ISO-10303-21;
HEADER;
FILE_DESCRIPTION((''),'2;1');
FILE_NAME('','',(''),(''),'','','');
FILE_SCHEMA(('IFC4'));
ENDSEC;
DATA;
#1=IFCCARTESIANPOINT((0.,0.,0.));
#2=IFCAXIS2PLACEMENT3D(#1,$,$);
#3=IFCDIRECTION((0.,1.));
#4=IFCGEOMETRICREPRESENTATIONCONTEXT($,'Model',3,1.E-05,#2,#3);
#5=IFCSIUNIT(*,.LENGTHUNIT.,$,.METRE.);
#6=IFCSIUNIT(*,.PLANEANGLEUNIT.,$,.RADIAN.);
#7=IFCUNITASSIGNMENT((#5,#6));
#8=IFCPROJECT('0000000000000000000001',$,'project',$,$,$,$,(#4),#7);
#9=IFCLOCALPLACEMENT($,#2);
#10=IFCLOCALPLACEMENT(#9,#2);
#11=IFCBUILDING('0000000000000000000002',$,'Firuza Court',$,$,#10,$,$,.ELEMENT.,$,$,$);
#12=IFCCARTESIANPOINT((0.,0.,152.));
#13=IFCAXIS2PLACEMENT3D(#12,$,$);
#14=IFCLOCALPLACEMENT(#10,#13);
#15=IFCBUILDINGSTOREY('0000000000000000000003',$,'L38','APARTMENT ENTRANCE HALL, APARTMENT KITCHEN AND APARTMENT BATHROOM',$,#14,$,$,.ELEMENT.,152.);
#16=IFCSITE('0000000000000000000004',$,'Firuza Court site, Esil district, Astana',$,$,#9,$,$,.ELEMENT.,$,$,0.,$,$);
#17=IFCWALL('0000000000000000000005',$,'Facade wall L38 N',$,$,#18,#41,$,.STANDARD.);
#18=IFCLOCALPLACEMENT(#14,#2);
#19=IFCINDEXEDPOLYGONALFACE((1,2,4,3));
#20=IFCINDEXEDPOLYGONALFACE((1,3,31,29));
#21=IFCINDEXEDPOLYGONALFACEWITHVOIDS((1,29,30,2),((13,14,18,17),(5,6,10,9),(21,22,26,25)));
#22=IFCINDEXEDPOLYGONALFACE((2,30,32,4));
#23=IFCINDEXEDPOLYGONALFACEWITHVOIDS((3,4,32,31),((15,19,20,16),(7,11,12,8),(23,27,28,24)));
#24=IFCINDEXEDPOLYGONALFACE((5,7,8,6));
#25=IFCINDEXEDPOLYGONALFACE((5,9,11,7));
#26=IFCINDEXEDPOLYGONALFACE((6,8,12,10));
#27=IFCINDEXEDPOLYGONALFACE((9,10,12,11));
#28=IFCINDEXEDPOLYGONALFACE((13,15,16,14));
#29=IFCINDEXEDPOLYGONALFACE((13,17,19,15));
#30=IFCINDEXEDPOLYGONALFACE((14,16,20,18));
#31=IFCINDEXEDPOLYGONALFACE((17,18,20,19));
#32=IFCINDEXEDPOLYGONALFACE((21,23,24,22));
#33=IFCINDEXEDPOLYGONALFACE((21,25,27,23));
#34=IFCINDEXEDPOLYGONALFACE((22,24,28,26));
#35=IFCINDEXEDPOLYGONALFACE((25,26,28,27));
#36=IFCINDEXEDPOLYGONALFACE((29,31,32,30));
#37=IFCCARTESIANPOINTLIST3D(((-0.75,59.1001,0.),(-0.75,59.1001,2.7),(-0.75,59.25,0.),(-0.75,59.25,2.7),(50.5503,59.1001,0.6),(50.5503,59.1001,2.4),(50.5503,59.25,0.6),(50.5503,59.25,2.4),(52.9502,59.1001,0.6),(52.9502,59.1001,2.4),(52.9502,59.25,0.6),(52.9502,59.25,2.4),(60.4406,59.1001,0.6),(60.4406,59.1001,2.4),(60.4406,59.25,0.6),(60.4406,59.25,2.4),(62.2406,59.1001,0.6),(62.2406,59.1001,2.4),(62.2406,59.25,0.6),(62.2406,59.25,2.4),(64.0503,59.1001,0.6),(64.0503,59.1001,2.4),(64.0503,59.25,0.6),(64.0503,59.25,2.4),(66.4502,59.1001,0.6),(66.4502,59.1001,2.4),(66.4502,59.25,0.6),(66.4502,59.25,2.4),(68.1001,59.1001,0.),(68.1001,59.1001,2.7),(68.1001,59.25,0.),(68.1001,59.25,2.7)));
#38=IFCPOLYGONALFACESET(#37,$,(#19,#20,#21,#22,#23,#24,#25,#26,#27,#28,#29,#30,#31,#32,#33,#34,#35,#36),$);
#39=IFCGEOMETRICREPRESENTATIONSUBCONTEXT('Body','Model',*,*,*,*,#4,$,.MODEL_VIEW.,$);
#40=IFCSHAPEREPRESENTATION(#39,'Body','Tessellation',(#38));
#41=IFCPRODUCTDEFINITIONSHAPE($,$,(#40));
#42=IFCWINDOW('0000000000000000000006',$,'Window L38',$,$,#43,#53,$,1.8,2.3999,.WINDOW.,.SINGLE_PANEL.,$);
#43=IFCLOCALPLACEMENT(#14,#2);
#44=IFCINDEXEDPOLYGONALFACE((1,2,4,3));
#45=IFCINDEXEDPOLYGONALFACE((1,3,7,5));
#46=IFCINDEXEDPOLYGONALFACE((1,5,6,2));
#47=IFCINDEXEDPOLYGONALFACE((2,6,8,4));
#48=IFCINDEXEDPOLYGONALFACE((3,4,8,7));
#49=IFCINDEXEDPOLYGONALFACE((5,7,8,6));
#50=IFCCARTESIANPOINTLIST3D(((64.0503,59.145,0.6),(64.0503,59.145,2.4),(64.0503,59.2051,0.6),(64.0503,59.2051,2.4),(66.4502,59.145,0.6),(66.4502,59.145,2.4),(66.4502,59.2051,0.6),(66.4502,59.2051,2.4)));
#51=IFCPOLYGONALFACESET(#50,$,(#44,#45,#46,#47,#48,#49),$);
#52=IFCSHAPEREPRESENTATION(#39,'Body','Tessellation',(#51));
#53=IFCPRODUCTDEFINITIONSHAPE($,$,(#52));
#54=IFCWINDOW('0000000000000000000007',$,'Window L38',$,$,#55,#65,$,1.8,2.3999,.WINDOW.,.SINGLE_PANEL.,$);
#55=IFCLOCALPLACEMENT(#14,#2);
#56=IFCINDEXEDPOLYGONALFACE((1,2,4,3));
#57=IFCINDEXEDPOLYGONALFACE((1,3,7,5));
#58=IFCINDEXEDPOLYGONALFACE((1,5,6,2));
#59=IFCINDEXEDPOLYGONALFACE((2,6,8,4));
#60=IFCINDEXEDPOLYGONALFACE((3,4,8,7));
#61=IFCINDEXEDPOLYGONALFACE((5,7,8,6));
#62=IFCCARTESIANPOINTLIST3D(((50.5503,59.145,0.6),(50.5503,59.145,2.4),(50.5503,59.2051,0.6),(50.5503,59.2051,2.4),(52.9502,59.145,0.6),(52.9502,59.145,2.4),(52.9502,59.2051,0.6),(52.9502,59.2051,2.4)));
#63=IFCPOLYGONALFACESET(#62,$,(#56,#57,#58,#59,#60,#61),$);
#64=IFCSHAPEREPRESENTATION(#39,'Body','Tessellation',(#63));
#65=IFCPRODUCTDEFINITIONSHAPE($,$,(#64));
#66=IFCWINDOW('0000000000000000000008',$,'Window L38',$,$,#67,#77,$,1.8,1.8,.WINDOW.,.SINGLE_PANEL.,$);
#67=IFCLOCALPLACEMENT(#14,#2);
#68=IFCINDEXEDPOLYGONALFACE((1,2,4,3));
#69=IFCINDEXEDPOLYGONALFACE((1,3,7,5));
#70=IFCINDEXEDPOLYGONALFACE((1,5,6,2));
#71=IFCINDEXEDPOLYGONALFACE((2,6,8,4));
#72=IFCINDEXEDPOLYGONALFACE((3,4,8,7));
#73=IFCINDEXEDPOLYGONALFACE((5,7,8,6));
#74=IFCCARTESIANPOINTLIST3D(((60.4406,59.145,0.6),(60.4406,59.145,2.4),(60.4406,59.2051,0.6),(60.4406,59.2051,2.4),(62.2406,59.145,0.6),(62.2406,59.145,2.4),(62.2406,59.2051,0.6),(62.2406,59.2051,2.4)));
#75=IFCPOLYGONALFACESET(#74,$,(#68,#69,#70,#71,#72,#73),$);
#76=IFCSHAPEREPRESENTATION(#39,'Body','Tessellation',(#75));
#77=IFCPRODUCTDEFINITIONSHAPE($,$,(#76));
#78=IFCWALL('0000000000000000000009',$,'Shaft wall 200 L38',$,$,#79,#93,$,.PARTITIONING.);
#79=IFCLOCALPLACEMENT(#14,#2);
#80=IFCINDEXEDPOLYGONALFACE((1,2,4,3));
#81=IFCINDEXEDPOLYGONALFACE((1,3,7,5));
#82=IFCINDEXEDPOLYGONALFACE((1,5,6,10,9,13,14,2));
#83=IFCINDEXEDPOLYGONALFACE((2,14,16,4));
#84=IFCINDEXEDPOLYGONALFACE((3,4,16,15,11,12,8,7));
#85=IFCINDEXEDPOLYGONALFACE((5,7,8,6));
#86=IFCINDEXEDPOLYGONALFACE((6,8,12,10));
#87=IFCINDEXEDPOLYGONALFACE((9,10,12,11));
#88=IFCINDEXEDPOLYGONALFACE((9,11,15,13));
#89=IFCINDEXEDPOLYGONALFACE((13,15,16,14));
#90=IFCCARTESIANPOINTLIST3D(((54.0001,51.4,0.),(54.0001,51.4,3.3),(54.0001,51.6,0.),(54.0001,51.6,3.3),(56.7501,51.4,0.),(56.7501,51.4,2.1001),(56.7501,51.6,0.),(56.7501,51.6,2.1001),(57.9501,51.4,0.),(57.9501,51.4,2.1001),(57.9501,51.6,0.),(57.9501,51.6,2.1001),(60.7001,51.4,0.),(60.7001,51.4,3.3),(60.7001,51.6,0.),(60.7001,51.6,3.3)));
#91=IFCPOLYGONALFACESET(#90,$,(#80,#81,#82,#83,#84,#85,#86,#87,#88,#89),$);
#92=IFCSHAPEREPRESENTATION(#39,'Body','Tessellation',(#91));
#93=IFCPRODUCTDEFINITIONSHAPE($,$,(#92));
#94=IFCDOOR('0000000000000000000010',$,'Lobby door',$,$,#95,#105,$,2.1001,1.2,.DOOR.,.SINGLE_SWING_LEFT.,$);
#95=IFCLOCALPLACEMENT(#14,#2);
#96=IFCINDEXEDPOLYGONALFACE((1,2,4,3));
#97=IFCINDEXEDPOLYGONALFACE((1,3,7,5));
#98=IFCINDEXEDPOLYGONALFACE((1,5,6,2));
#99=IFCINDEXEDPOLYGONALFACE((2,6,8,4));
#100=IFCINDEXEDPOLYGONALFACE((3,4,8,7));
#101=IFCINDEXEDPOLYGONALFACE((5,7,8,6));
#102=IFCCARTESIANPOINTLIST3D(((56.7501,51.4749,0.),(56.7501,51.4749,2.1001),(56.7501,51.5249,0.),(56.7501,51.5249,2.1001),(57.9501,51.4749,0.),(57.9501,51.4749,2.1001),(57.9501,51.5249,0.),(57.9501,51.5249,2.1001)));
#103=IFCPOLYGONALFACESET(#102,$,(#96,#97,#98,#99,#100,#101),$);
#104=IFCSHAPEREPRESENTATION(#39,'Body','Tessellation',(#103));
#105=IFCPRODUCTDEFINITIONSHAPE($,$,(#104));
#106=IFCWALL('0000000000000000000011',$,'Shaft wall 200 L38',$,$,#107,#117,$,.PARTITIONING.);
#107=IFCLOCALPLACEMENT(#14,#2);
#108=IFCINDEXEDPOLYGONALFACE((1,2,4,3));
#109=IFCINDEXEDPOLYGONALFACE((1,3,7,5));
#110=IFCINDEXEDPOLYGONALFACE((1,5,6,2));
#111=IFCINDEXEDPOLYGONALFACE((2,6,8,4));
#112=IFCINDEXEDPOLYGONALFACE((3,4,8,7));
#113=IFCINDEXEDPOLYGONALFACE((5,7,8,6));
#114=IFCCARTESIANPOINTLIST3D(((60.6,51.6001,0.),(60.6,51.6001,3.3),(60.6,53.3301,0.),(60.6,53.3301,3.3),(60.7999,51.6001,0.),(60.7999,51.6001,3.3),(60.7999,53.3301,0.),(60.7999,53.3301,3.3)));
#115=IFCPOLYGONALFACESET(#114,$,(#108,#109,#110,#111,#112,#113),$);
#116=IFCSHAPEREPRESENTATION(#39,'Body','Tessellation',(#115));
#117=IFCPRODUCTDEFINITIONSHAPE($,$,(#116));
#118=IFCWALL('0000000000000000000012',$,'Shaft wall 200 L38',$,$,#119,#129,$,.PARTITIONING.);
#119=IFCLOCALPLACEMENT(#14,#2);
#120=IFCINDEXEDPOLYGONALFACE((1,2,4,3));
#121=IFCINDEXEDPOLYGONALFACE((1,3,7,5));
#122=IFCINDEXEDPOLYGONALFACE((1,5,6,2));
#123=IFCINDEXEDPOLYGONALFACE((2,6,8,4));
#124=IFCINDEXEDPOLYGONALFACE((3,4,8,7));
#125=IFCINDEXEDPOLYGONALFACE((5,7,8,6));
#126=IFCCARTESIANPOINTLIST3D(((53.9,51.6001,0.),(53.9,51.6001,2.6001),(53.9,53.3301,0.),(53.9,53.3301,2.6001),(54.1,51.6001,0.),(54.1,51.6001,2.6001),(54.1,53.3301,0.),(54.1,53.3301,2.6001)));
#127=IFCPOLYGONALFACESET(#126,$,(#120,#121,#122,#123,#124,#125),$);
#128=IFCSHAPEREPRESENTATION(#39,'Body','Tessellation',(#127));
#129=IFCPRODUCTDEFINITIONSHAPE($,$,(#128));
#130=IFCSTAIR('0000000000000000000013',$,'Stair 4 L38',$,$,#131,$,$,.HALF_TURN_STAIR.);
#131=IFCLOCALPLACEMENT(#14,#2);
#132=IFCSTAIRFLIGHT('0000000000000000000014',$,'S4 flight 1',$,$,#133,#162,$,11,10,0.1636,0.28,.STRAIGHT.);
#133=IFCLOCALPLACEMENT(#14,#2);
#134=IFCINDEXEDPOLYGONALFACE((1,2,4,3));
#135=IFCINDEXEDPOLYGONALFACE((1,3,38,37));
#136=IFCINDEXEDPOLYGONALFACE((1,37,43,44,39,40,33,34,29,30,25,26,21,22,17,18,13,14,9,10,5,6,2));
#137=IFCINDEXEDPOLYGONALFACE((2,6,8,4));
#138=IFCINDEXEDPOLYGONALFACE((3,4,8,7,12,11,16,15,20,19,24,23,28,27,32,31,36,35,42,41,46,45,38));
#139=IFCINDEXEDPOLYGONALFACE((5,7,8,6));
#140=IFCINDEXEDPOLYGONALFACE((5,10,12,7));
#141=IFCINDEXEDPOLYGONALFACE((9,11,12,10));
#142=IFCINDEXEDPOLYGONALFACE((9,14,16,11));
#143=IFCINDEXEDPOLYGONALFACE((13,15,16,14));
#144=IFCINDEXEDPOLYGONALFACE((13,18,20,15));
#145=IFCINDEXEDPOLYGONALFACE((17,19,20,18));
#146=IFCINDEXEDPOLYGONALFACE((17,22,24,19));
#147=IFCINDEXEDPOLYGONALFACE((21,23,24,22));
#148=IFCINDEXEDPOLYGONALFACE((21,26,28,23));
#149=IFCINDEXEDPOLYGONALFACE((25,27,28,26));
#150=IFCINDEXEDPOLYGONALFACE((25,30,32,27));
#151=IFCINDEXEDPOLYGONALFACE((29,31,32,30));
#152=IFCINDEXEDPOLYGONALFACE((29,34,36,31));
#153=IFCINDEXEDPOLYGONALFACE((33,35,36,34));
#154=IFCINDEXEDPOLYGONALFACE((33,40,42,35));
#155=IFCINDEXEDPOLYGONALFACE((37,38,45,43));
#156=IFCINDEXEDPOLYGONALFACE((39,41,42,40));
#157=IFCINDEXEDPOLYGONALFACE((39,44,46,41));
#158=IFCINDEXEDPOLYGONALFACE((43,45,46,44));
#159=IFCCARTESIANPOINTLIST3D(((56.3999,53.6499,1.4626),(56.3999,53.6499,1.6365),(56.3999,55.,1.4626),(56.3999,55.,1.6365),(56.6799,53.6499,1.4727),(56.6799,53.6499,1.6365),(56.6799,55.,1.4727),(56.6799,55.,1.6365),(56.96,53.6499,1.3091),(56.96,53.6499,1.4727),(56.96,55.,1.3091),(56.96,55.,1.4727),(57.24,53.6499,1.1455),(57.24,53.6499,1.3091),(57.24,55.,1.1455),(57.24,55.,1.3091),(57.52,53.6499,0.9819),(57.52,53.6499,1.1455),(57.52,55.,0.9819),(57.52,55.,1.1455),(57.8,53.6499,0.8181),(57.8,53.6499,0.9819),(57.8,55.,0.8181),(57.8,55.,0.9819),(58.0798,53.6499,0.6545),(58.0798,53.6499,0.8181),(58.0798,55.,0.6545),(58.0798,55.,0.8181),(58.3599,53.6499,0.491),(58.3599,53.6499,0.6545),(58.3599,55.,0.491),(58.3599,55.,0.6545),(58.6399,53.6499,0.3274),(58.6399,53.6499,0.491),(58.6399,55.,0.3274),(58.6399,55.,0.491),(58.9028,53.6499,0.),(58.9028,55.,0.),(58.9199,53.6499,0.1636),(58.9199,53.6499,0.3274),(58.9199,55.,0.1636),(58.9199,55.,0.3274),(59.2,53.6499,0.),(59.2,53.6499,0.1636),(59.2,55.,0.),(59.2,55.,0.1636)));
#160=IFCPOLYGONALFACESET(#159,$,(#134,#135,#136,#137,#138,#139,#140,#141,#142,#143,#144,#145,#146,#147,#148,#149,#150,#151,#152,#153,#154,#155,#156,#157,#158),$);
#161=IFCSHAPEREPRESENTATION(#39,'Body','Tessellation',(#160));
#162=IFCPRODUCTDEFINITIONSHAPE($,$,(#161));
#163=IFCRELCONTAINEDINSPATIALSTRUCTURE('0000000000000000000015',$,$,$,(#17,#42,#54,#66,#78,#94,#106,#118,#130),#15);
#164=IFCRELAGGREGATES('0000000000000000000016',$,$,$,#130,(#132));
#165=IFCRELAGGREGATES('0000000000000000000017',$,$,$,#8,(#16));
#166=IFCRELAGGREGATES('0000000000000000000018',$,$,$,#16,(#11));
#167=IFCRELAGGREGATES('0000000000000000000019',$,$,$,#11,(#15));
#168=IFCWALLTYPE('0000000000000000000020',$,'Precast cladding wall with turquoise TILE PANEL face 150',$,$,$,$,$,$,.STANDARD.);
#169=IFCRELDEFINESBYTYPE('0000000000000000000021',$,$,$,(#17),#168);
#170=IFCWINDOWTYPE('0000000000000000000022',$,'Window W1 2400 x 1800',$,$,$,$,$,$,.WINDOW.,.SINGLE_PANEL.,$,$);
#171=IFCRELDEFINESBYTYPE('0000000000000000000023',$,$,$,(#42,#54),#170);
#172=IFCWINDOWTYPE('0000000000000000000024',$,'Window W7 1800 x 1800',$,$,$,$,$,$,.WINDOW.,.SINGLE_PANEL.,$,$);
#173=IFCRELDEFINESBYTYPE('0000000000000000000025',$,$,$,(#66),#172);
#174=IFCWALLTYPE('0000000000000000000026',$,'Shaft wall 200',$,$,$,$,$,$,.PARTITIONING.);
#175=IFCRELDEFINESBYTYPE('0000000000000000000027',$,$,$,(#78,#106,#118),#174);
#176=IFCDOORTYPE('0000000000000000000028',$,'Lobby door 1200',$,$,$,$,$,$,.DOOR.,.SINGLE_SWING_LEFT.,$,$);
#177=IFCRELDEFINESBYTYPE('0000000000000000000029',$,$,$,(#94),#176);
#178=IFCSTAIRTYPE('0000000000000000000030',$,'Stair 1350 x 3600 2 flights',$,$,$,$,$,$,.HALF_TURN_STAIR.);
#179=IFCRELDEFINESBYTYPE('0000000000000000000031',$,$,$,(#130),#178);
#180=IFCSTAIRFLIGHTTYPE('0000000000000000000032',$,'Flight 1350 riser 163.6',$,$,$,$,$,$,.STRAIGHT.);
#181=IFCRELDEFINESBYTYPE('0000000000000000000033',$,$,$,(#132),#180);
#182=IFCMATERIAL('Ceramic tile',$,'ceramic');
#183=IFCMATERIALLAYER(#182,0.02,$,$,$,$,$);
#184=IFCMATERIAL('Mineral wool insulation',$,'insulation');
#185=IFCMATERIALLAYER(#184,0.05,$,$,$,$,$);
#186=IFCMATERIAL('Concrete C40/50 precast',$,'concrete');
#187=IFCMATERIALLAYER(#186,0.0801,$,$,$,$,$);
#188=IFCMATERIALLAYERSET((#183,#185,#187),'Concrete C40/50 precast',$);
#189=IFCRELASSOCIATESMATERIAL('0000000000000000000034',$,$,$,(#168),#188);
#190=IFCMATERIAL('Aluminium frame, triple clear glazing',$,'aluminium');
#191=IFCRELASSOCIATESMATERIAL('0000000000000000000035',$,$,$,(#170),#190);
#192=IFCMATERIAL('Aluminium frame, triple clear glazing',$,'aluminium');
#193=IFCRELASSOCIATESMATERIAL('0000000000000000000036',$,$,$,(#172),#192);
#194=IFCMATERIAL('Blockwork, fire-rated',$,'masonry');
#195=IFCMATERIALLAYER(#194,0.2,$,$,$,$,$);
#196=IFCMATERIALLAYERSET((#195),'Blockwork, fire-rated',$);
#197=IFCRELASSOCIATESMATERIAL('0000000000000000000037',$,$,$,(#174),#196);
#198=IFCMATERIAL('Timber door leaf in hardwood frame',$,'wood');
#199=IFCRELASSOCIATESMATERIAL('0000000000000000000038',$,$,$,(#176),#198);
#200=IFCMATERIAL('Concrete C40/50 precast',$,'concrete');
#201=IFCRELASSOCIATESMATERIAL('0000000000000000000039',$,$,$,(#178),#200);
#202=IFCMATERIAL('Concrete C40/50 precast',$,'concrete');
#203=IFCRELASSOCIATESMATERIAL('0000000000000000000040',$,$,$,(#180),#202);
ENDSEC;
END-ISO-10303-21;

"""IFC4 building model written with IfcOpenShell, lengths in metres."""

from ifc_helpers import new_model, si_unit, direction, frame, frame_2d, origin, place, context, subcontext, project, spatial, polyline, rectangle, outline, extrude, material, layer, layer_set, type_object, element, fill, aggregate, save


model = new_model("IFC4")

# Units and contexts
model_context = context("Model", 3, precision=1e-05, world=origin(), true_north=direction((0.0, 1.0)))
body_context = subcontext(model_context, "Body", "Model", "MODEL_VIEW")
ifc_project = project(units=[si_unit("LENGTHUNIT", "METRE"), si_unit("PLANEANGLEUNIT", "RADIAN")], contexts=[model_context])

# Site, building, storey
site_placement = place(None, origin())
site = spatial("IfcSite", under=ifc_project, at=site_placement, Name="Firuza Court site, Esil district, Astana", CompositionType="ELEMENT", RefElevation=0.0)
building_placement = place(site_placement, origin())
building = spatial("IfcBuilding", under=site, at=building_placement, Name="Firuza Court", CompositionType="ELEMENT")
storey_placement = place(building_placement, frame((0.0, 0.0, 152.0)))
storey = spatial("IfcBuildingStorey", under=building, at=storey_placement, Name="L38", Description="APARTMENT ENTRANCE HALL, APARTMENT KITCHEN AND APARTMENT BATHROOM", CompositionType="ELEMENT", Elevation=152.0)

# Wall, openings, windows
ifc_material_1 = material(Name="Ceramic tile", Category="ceramic")
ifc_layer_1 = layer(ifc_material_1, 0.02)
ifc_material_2 = material(Name="Mineral wool insulation", Category="insulation")
ifc_layer_2 = layer(ifc_material_2, 0.05)
ifc_material_3 = material(Name="Concrete C40/50 precast", Category="concrete")
ifc_layer_3 = layer(ifc_material_3, 0.0801)
ifc_layer_set_1 = layer_set([ifc_layer_1, ifc_layer_2, ifc_layer_3], Name="Concrete C40/50 precast")
wall_type_1 = type_object("IfcWallType", Name="Precast cladding wall with turquoise TILE PANEL face 150", PredefinedType="STANDARD", material=ifc_layer_set_1)
wall_1_placement = place(storey_placement, frame((68.1001, 59.175, 0.0), z_axis=(0.0, 0.0, 1.0), x_axis=(-1.0, 0.0, 0.0)))
wall_1 = element("IfcWall", 1, at=wall_1_placement, inside=storey, type_object=wall_type_1, Name="Facade wall L38 N", PredefinedType="STANDARD", context=body_context, shape_type="SweptSolid", body=[
    extrude(rectangle(XDim=68.8501, YDim=0.1499, at=frame_2d((34.425, 0.0))), origin(), (0.0, 0.0, 1.0), 2.7),
])
opening_1_placement = place(wall_1_placement, frame((1.6499, 0.0, 0.6001)))
opening_1 = element("IfcOpeningElement", 2, at=opening_1_placement, cuts=wall_1, PredefinedType="OPENING", context=body_context, shape_type="SweptSolid", body=[
    extrude(rectangle(XDim=2.3999, YDim=1.8, at=frame_2d((1.2, 0.8999))), frame((0.0, 0.0869, 0.0), z_axis=(0.0, -1.0, 0.0), x_axis=(1.0, 0.0, 0.0)), (0.0, 0.0, 1.0), 0.1738),
])
opening_2_placement = place(wall_1_placement, frame((5.8596, 0.0, 0.6001)))
opening_2 = element("IfcOpeningElement", 3, at=opening_2_placement, cuts=wall_1, PredefinedType="OPENING", context=body_context, shape_type="SweptSolid", body=[
    extrude(rectangle(XDim=1.8, YDim=1.8, at=frame_2d((0.8999, 0.8999))), frame((0.0, 0.0869, 0.0), z_axis=(0.0, -1.0, 0.0), x_axis=(1.0, 0.0, 0.0)), (0.0, 0.0, 1.0), 0.1738),
])
opening_3_placement = place(wall_1_placement, frame((15.1499, 0.0, 0.6001)))
opening_3 = element("IfcOpeningElement", 4, at=opening_3_placement, cuts=wall_1, PredefinedType="OPENING", context=body_context, shape_type="SweptSolid", body=[
    extrude(rectangle(XDim=2.3999, YDim=1.8, at=frame_2d((1.2, 0.8999))), frame((0.0, 0.0869, 0.0), z_axis=(0.0, -1.0, 0.0), x_axis=(1.0, 0.0, 0.0)), (0.0, 0.0, 1.0), 0.1738),
])
ifc_material_4 = material(Name="Aluminium frame, triple clear glazing", Category="aluminium")
window_type_1 = type_object("IfcWindowType", Name="Window W1 2400 x 1800", PartitioningType="SINGLE_PANEL", PredefinedType="WINDOW", material=ifc_material_4)
window_1_placement = place(opening_1_placement, origin())
window_1 = element("IfcWindow", 5, at=window_1_placement, inside=storey, type_object=window_type_1, Name="Window L38", OverallHeight=1.8, OverallWidth=2.3999, PartitioningType="SINGLE_PANEL", PredefinedType="WINDOW", context=body_context, shape_type="SweptSolid", body=[
    extrude(rectangle(XDim=2.3999, YDim=1.8, at=frame_2d((1.2, 0.8999))), frame((0.0, 0.03, 0.0), z_axis=(0.0, -1.0, 0.0), x_axis=(1.0, 0.0, 0.0)), (0.0, 0.0, 1.0), 0.0601),
])
fill(opening_1, window_1)
window_2_placement = place(opening_3_placement, origin())
window_2 = element("IfcWindow", 6, at=window_2_placement, inside=storey, type_object=window_type_1, Name="Window L38", OverallHeight=1.8, OverallWidth=2.3999, PartitioningType="SINGLE_PANEL", PredefinedType="WINDOW", context=body_context, shape_type="SweptSolid", body=[
    extrude(rectangle(XDim=2.3999, YDim=1.8, at=frame_2d((1.2, 0.8999))), frame((0.0, 0.03, 0.0), z_axis=(0.0, -1.0, 0.0), x_axis=(1.0, 0.0, 0.0)), (0.0, 0.0, 1.0), 0.0601),
])
fill(opening_3, window_2)
ifc_material_5 = material(Name="Aluminium frame, triple clear glazing", Category="aluminium")
window_type_2 = type_object("IfcWindowType", Name="Window W7 1800 x 1800", PartitioningType="SINGLE_PANEL", PredefinedType="WINDOW", material=ifc_material_5)
window_3_placement = place(opening_2_placement, origin())
window_3 = element("IfcWindow", 7, at=window_3_placement, inside=storey, type_object=window_type_2, Name="Window L38", OverallHeight=1.8, OverallWidth=1.8, PartitioningType="SINGLE_PANEL", PredefinedType="WINDOW", context=body_context, shape_type="SweptSolid", body=[
    extrude(rectangle(XDim=1.8, YDim=1.8, at=frame_2d((0.8999, 0.8999))), frame((0.0, 0.03, 0.0), z_axis=(0.0, -1.0, 0.0), x_axis=(1.0, 0.0, 0.0)), (0.0, 0.0, 1.0), 0.0601),
])
fill(opening_2, window_3)

# Wall, opening, door
ifc_material_6 = material(Name="Blockwork, fire-rated", Category="masonry")
ifc_layer_4 = layer(ifc_material_6, 0.2)
ifc_layer_set_2 = layer_set([ifc_layer_4], Name="Blockwork, fire-rated")
wall_type_2 = type_object("IfcWallType", Name="Shaft wall 200", PredefinedType="PARTITIONING", material=ifc_layer_set_2)
wall_2_placement = place(storey_placement, frame((54.0, 51.5, 0.0), z_axis=(0.0, 0.0, 1.0), x_axis=(1.0, 0.0, 0.0)))
wall_2 = element("IfcWall", 8, at=wall_2_placement, inside=storey, type_object=wall_type_2, Name="Shaft wall 200 L38", PredefinedType="PARTITIONING", context=body_context, shape_type="SweptSolid", body=[
    extrude(rectangle(XDim=6.7, YDim=0.2, at=frame_2d((3.3501, 0.0))), origin(), (0.0, 0.0, 1.0), 3.3),
])
opening_4_placement = place(wall_2_placement, frame((2.75, 0.0, 0.0)))
opening_4 = element("IfcOpeningElement", 9, at=opening_4_placement, cuts=wall_2, PredefinedType="OPENING", context=body_context, shape_type="SweptSolid", body=[
    extrude(rectangle(XDim=1.2, YDim=2.1001, at=frame_2d((0.6001, 1.05))), frame((0.0, 0.1118, 0.0), z_axis=(0.0, -1.0, 0.0), x_axis=(1.0, 0.0, 0.0)), (0.0, 0.0, 1.0), 0.2239),
])
ifc_material_7 = material(Name="Timber door leaf in hardwood frame", Category="wood")
door_type_1 = type_object("IfcDoorType", Name="Lobby door 1200", OperationType="SINGLE_SWING_LEFT", PredefinedType="DOOR", material=ifc_material_7)
door_1_placement = place(opening_4_placement, origin())
door_1 = element("IfcDoor", 10, at=door_1_placement, inside=storey, type_object=door_type_1, Name="Lobby door", OperationType="SINGLE_SWING_LEFT", OverallHeight=2.1001, OverallWidth=1.2, PredefinedType="DOOR", context=body_context, shape_type="SweptSolid", body=[
    extrude(rectangle(XDim=1.2, YDim=2.1001, at=frame_2d((0.6001, 1.05))), frame((0.0, 0.0249, 0.0), z_axis=(0.0, -1.0, 0.0), x_axis=(1.0, 0.0, 0.0)), (0.0, 0.0, 1.0), 0.05),
])
fill(opening_4, door_1)

# Walls
wall_3_placement = place(storey_placement, frame((60.7, 51.6001, 0.0), z_axis=(0.0, 0.0, 1.0), x_axis=(0.0, 1.0, 0.0)))
element("IfcWall", 11, at=wall_3_placement, inside=storey, type_object=wall_type_2, Name="Shaft wall 200 L38", PredefinedType="PARTITIONING", context=body_context, shape_type="SweptSolid", body=[
    extrude(rectangle(XDim=1.73, YDim=0.2, at=frame_2d((0.865, 0.0))), origin(), (0.0, 0.0, 1.0), 3.3),
])
wall_4_placement = place(storey_placement, frame((54.0, 51.6001, 0.0), z_axis=(0.0, 0.0, 1.0), x_axis=(0.0, 1.0, 0.0)))
element("IfcWall", 12, at=wall_4_placement, inside=storey, type_object=wall_type_2, Name="Shaft wall 200 L38", PredefinedType="PARTITIONING", context=body_context, shape_type="SweptSolid", body=[
    extrude(rectangle(XDim=1.73, YDim=0.2, at=frame_2d((0.865, 0.0))), origin(), (0.0, 0.0, 1.0), 2.6001),
])

# Stair, stair flight
ifc_material_8 = material(Name="Concrete C40/50 precast", Category="concrete")
stair_type = type_object("IfcStairType", Name="Stair 1350 x 3600 2 flights", PredefinedType="HALF_TURN_STAIR", material=ifc_material_8)
stair_placement = place(storey_placement, origin())
stair = element("IfcStair", 13, at=stair_placement, inside=storey, type_object=stair_type, Name="Stair 4 L38", PredefinedType="HALF_TURN_STAIR")
ifc_material_9 = material(Name="Concrete C40/50 precast", Category="concrete")
stair_flight_type = type_object("IfcStairFlightType", Name="Flight 1350 riser 163.6", PredefinedType="STRAIGHT", material=ifc_material_9)
stair_flight_1_placement = place(storey_placement, frame((59.2, 54.325, 0.0), z_axis=(0.0, 0.0, 1.0), x_axis=(-1.0, 0.0, 0.0)))
stair_flight_1 = element("IfcStairFlight", 14, at=stair_flight_1_placement, type_object=stair_flight_type, Name="S4 flight 1", NumberOfRisers=11, NumberOfTreads=10, PredefinedType="STRAIGHT", RiserHeight=0.1636, TreadLength=0.28, context=body_context, shape_type="SweptSolid", body=[
    extrude(outline(polyline([(0.0, 0.0), (0.0, 0.1636), (0.28, 0.1636), (0.28, 0.3274), (0.5601, 0.3274), (0.5601, 0.491), (0.8401, 0.491), (0.8401, 0.6545), (1.1201, 0.6545), (1.1201, 0.8181), (1.3999, 0.8181), (1.3999, 0.9819), (1.6799, 0.9819), (1.6799, 1.1455), (1.96, 1.1455), (1.96, 1.3091), (2.24, 1.3091), (2.24, 1.4727), (2.52, 1.4727), (2.52, 1.6365), (2.8, 1.6365), (2.8, 1.8), (2.8, 1.4626), (0.2971, 0.0), (0.0, 0.0)])), frame((0.0, 0.675, 0.0), z_axis=(0.0, -1.0, 0.0), x_axis=(1.0, 0.0, 0.0)), (0.0, 0.0, 1.0), 1.3501),
])
aggregate(stair, [stair_flight_1])

save(model, "model.ifc")
